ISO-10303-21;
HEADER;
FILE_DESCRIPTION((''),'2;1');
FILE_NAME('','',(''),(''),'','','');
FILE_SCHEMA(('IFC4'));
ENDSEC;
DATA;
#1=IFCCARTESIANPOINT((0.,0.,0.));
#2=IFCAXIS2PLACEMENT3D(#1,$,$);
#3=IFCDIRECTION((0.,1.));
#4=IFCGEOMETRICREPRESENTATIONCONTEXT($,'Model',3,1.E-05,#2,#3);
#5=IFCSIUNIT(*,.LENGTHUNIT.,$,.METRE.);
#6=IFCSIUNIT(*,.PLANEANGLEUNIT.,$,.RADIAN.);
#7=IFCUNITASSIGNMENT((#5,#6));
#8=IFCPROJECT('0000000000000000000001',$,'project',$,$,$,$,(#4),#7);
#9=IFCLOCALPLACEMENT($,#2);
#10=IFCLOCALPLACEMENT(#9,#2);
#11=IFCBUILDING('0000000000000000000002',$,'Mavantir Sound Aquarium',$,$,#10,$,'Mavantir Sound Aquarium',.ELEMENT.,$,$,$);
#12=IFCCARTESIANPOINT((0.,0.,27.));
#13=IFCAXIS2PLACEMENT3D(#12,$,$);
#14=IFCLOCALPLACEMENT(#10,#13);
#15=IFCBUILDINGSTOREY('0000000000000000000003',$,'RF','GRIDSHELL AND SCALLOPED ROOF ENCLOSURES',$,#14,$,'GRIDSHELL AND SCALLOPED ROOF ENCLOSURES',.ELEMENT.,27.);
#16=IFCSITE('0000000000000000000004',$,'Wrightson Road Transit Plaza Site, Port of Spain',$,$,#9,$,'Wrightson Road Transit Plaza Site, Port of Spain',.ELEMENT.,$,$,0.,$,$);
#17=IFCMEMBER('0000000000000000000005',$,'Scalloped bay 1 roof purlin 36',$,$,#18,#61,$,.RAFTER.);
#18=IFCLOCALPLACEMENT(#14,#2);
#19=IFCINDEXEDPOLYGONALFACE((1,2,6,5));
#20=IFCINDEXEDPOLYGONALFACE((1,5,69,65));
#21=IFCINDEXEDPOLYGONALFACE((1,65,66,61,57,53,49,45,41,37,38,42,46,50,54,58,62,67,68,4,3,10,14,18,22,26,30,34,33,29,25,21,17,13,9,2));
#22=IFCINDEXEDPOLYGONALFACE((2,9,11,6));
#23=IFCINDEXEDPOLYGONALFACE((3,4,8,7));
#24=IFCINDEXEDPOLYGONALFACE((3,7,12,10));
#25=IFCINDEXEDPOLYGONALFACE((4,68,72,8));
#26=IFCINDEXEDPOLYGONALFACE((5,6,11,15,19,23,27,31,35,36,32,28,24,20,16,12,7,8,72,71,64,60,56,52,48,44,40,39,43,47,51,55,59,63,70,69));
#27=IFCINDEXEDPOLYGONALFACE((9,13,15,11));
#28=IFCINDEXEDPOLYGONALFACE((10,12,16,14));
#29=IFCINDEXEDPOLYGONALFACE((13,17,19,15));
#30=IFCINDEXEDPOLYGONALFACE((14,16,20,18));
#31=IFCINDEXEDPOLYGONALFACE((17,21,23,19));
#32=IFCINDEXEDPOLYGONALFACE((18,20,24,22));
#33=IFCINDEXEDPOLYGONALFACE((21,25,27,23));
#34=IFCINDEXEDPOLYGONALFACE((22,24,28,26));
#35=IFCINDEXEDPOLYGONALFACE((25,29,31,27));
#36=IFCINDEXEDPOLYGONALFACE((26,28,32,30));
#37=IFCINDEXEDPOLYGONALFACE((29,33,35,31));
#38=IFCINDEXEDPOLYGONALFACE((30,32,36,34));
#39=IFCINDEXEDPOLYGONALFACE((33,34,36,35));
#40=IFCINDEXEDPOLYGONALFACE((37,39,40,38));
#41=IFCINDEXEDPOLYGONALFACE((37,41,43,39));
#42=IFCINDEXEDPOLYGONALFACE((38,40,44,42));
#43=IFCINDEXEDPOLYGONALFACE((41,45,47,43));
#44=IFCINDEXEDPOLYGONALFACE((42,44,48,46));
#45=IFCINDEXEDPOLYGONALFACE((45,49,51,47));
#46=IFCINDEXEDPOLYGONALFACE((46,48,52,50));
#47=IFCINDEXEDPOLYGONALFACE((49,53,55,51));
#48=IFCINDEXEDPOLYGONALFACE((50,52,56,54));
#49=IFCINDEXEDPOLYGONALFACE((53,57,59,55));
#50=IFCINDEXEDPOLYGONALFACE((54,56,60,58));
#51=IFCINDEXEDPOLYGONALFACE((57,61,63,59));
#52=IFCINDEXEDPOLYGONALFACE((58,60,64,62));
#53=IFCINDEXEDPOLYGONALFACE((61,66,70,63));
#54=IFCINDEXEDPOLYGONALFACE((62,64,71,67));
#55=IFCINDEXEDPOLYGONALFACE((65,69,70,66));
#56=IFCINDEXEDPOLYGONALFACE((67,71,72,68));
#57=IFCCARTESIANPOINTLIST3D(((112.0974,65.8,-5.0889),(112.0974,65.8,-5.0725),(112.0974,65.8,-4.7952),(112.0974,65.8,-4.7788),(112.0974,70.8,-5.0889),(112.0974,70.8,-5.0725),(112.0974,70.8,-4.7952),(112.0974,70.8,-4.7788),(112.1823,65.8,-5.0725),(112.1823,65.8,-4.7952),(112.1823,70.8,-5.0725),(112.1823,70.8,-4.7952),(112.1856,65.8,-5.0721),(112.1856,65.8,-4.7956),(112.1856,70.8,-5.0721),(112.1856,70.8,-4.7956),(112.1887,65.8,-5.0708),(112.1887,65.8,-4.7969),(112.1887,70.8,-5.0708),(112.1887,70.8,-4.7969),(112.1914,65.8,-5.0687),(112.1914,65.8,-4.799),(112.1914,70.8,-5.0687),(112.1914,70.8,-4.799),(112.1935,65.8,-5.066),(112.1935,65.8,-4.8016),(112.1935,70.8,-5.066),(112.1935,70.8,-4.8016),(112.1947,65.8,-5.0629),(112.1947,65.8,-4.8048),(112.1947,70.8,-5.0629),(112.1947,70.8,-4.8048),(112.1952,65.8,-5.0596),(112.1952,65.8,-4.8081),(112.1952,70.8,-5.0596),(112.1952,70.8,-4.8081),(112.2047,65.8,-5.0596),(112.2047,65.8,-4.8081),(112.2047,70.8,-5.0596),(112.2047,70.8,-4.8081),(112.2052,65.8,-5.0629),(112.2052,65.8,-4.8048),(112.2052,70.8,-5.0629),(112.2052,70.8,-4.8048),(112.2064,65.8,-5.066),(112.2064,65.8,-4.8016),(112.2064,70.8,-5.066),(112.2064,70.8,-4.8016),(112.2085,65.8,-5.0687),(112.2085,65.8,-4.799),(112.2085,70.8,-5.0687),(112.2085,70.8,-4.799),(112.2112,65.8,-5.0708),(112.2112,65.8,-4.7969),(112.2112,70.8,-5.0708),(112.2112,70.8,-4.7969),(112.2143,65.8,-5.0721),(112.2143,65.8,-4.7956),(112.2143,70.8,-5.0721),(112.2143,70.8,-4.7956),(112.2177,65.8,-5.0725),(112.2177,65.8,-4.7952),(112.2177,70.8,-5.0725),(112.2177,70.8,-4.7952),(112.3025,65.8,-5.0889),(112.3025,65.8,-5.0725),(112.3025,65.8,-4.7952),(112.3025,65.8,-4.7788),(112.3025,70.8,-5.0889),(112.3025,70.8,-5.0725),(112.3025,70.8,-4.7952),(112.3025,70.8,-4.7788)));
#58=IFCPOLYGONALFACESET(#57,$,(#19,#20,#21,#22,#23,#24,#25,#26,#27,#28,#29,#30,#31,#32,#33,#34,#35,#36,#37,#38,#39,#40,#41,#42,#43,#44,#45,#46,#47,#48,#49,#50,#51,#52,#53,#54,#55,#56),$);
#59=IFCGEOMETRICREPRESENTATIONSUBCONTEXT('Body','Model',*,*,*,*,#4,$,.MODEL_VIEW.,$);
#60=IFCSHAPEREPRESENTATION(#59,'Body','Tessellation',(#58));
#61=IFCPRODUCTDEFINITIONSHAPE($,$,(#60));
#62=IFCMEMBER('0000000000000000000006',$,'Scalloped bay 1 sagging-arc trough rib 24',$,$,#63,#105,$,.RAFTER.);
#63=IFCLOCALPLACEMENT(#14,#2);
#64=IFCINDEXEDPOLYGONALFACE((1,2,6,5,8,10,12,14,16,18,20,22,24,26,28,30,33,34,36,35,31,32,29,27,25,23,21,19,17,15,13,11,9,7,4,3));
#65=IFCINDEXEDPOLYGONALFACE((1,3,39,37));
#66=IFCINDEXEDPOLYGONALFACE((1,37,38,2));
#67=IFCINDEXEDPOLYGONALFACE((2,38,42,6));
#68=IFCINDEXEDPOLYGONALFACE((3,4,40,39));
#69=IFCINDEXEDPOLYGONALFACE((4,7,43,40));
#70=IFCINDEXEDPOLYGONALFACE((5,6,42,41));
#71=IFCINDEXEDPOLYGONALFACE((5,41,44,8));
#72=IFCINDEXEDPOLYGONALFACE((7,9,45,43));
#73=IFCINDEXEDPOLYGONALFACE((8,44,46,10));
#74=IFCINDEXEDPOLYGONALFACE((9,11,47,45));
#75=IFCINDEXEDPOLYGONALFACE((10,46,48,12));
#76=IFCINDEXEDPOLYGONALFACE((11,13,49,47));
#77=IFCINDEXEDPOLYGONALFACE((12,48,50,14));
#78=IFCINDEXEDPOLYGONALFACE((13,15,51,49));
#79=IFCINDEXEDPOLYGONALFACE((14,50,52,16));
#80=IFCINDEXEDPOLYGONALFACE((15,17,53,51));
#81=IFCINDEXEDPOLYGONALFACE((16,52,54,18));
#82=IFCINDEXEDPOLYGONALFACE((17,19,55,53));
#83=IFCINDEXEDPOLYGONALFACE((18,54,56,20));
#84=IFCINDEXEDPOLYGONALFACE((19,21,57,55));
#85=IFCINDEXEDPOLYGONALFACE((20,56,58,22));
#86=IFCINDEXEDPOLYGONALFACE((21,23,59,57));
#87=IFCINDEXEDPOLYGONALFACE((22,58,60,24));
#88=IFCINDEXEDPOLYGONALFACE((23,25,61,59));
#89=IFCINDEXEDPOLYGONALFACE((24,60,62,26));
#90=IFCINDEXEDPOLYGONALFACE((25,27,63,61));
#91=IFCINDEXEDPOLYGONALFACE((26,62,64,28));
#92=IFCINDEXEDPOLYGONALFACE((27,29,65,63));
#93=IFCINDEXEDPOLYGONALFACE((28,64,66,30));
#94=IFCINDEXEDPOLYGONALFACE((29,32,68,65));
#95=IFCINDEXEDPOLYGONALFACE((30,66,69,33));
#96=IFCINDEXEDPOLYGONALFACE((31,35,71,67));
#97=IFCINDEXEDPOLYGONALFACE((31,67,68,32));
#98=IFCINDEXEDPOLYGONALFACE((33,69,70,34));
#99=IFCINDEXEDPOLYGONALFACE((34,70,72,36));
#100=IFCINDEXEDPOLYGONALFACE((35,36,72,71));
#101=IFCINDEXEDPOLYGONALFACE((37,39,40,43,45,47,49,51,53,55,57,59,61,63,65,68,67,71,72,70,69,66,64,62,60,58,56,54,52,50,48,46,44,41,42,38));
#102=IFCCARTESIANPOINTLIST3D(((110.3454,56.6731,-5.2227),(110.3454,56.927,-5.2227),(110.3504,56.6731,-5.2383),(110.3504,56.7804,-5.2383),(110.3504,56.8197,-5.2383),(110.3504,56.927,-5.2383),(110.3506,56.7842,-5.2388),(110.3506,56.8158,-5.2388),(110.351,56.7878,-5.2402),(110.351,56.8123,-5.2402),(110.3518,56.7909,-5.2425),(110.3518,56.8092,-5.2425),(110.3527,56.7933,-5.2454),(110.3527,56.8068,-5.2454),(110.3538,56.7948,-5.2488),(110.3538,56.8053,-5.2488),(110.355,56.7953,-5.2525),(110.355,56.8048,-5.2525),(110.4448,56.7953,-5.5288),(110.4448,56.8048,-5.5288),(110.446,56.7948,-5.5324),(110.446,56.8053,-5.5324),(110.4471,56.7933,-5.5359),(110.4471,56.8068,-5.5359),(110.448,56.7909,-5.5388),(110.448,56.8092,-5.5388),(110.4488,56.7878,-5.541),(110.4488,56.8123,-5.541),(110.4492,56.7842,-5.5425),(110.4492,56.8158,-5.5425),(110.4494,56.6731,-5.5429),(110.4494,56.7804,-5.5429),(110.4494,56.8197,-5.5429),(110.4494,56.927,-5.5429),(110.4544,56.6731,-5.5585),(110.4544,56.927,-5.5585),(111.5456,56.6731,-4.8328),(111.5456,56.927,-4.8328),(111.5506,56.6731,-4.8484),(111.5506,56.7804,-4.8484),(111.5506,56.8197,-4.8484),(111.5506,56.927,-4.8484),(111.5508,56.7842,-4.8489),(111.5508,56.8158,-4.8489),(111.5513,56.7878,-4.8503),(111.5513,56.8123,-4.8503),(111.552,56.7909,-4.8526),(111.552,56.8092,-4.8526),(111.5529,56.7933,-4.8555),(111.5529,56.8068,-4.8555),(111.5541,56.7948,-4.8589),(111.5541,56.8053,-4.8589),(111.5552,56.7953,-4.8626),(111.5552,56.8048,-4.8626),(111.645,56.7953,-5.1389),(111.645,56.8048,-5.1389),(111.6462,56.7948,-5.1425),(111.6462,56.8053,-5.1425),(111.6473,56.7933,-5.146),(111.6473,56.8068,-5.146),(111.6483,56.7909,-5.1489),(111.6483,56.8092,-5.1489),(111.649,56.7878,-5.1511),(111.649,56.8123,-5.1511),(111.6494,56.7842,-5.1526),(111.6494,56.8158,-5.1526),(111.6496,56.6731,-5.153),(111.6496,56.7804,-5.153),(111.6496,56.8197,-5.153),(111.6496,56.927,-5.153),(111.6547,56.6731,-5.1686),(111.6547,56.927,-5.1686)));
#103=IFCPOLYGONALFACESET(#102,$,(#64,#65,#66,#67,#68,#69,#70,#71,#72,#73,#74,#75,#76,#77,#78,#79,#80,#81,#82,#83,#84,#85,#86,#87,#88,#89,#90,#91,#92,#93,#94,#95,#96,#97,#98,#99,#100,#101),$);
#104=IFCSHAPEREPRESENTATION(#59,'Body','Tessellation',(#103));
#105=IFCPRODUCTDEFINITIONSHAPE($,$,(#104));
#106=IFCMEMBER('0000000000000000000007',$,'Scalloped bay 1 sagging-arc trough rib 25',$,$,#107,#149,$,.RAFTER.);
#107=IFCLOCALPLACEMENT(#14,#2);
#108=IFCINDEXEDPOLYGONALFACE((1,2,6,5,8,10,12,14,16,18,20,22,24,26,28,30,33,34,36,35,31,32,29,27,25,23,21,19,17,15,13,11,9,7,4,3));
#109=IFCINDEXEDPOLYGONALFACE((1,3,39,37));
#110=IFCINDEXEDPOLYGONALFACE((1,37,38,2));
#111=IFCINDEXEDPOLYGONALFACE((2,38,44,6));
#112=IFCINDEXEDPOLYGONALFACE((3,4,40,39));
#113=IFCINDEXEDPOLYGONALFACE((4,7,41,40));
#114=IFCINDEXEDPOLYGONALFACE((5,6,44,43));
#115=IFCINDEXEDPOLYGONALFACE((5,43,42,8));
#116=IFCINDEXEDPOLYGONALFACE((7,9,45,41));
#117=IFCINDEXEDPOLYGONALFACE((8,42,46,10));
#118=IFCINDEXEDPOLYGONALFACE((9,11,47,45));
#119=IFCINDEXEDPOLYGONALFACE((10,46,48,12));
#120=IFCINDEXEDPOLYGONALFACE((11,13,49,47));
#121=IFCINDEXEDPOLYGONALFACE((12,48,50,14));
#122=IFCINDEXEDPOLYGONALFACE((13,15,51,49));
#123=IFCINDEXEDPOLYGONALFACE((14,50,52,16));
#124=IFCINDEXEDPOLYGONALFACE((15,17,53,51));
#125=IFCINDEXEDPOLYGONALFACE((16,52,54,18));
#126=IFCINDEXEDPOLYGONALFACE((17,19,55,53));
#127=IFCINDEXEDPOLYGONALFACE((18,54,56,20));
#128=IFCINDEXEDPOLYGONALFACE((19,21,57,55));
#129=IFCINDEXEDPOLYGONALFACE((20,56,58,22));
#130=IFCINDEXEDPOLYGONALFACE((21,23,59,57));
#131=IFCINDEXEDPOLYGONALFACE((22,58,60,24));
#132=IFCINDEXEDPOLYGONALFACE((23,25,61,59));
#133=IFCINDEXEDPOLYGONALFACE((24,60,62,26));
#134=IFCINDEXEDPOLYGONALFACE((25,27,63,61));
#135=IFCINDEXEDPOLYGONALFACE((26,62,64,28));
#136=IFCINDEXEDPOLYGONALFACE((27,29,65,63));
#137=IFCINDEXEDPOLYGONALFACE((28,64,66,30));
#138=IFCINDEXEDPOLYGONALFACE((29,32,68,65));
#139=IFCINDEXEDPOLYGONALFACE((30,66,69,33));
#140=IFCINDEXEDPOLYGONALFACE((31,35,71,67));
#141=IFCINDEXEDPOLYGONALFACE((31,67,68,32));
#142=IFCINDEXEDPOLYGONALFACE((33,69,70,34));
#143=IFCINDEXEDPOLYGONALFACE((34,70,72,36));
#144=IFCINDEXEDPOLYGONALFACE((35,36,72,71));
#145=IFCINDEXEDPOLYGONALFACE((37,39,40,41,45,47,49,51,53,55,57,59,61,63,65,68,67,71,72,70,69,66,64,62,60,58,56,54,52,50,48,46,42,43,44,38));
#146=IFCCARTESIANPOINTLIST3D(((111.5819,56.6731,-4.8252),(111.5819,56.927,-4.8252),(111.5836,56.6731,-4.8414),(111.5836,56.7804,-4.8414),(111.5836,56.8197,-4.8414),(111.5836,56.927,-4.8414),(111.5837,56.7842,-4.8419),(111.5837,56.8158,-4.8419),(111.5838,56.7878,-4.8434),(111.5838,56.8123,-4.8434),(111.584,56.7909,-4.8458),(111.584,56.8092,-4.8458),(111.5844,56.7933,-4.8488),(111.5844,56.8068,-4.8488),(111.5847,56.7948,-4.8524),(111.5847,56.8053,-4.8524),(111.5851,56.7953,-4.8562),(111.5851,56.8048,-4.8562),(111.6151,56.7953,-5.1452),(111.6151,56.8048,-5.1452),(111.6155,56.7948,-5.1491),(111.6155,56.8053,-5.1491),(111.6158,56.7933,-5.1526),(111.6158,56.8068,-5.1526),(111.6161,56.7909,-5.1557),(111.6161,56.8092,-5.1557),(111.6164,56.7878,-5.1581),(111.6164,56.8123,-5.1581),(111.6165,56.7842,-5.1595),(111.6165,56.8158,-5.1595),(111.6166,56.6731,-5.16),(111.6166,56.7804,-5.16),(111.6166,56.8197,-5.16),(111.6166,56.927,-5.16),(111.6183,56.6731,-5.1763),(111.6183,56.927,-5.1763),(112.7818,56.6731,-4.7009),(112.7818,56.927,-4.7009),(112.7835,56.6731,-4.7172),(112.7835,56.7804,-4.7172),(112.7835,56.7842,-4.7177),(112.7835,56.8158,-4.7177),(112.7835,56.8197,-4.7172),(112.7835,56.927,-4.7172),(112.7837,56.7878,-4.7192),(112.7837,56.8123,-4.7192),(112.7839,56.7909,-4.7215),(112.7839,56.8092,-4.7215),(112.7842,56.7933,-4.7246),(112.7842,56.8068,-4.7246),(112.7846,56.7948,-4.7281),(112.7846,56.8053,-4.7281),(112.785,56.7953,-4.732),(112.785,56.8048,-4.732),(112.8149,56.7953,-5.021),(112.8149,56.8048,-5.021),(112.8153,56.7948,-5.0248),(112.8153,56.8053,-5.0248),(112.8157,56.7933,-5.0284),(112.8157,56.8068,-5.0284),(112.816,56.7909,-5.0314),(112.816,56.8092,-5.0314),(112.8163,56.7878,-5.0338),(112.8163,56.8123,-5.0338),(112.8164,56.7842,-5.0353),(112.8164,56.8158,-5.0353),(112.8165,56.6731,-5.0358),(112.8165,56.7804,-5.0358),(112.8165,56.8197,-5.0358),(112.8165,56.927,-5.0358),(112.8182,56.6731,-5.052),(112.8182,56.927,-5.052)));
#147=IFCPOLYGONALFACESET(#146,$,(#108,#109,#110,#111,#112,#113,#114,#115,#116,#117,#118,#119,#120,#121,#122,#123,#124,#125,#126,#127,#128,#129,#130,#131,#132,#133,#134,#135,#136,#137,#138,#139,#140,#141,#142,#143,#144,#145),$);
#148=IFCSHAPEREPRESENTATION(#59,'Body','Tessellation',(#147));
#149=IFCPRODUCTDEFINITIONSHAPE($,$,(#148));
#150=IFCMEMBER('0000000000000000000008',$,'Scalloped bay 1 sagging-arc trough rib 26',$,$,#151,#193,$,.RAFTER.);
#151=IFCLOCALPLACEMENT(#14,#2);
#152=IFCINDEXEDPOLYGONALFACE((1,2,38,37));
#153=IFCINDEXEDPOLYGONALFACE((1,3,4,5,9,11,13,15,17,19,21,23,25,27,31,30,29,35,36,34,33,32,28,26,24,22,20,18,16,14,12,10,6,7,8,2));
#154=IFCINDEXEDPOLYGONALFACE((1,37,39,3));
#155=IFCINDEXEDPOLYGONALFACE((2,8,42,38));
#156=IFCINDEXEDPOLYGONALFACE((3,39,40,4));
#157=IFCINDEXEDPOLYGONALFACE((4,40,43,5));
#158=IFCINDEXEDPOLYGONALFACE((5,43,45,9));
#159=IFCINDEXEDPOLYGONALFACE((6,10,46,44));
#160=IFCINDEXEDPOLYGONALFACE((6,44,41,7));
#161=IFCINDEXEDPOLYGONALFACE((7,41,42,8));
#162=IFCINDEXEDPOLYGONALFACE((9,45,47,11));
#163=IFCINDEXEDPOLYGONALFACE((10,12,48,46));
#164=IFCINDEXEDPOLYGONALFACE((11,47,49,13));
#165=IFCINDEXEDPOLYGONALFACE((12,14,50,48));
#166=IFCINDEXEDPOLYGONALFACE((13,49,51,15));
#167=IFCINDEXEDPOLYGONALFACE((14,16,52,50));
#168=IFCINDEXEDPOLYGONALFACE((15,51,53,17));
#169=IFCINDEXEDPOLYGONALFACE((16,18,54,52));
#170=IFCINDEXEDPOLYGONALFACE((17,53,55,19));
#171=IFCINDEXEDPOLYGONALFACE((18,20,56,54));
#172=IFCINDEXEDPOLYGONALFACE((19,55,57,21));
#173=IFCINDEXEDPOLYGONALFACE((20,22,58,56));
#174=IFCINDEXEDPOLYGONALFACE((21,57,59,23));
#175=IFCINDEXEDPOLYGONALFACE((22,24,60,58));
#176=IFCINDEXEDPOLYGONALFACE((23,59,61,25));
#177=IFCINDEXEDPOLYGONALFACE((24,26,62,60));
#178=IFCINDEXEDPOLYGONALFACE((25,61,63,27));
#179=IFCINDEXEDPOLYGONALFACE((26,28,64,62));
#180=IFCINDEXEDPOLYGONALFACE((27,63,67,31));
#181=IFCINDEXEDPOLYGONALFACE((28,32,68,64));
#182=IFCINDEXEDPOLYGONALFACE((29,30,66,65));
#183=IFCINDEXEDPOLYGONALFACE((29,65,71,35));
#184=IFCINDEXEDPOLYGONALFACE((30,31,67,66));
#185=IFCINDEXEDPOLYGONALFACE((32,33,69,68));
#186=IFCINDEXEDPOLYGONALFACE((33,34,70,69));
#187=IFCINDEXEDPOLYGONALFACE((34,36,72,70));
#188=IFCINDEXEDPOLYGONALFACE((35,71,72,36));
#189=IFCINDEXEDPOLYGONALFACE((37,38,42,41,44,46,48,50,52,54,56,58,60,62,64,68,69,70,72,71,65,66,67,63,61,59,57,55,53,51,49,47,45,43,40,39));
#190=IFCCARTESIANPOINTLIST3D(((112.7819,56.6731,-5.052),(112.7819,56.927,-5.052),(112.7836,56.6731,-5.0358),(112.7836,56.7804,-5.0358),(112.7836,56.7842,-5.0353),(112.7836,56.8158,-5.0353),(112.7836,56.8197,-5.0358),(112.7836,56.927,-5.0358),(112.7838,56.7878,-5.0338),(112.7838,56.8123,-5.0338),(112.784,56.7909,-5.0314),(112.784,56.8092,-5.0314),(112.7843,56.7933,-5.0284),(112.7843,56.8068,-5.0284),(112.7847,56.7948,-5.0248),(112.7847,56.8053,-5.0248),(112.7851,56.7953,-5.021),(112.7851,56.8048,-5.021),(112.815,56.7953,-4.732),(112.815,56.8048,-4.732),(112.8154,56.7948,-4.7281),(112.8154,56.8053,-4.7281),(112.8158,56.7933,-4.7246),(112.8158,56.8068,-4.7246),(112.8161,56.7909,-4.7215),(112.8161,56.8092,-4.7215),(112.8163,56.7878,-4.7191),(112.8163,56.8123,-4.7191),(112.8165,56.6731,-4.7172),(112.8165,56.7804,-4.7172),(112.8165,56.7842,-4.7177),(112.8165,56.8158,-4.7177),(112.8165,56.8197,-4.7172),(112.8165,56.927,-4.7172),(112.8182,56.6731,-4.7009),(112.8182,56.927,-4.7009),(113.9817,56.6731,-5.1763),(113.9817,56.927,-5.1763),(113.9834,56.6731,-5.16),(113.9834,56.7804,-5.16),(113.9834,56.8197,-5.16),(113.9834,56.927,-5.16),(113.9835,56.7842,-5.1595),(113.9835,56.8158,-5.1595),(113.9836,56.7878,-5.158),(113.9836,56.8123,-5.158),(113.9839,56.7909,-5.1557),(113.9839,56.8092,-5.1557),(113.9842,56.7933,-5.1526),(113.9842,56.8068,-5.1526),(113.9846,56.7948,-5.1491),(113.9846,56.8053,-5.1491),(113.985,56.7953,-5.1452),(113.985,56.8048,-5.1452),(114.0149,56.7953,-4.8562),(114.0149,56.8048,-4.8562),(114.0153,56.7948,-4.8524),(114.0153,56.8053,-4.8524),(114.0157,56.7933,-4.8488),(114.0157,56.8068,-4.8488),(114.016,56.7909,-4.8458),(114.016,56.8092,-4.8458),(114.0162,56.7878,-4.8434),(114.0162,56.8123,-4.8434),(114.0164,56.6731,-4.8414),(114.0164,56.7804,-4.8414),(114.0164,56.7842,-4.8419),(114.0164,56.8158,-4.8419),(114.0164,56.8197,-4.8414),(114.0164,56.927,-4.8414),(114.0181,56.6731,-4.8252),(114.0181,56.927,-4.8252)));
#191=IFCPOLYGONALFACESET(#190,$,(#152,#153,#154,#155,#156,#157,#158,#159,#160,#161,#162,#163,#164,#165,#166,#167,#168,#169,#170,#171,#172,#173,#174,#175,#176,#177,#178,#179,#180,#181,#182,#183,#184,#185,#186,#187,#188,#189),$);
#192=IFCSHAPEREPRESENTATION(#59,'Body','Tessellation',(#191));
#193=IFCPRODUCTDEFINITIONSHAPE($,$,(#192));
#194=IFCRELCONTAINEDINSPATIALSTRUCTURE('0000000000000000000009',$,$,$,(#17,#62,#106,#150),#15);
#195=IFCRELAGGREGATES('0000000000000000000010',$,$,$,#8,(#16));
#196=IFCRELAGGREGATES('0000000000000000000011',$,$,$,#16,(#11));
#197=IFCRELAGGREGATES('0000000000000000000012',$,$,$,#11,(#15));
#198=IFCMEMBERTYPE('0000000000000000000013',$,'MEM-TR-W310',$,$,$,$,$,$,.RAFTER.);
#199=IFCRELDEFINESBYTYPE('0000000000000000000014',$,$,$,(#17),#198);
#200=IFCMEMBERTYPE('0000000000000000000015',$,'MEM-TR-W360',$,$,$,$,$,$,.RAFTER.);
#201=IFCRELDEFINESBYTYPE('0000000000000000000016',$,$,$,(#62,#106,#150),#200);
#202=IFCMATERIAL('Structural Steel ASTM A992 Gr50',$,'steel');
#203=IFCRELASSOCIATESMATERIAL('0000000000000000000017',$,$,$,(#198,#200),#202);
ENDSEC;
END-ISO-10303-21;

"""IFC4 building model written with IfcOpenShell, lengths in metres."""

from ifc_helpers import new_model, si_unit, direction, frame, origin, origin_2d, place, context, subcontext, project, spatial, i_section, extrude, material, material_profile, profile_set, type_object, element, save


model = new_model("IFC4")

# Units and contexts
model_context = context("Model", 3, precision=1e-05, world=origin(), true_north=direction((0.0, 1.0)))
body_context = subcontext(model_context, "Body", "Model", "MODEL_VIEW")
ifc_project = project(units=[si_unit("LENGTHUNIT", "METRE"), si_unit("PLANEANGLEUNIT", "RADIAN")], contexts=[model_context])

# Site, building, storey
site_placement = place(None, origin())
site = spatial("IfcSite", under=ifc_project, at=site_placement, Name="Wrightson Road Transit Plaza Site, Port of Spain", LongName="Wrightson Road Transit Plaza Site, Port of Spain", CompositionType="ELEMENT", RefElevation=0.0)
building_placement = place(site_placement, origin())
building = spatial("IfcBuilding", under=site, at=building_placement, Name="Mavantir Sound Aquarium", LongName="Mavantir Sound Aquarium", CompositionType="ELEMENT")
storey_placement = place(building_placement, frame((0.0, 0.0, 27.0)))
storey = spatial("IfcBuildingStorey", under=building, at=storey_placement, Name="RF", Description="GRIDSHELL AND SCALLOPED ROOF ENCLOSURES", LongName="GRIDSHELL AND SCALLOPED ROOF ENCLOSURES", CompositionType="ELEMENT", Elevation=27.0)

# Members
ifc_material_1 = material(Name="Structural Steel ASTM A992 Gr50", Category="steel")
ifc_material_profile_1 = material_profile(ifc_material_1, i_section(OverallWidth=0.2051, OverallDepth=0.3101, WebThickness=0.0095, FlangeThickness=0.0164, FilletRadius=0.0129, at=origin_2d()), Name="W310X74")
ifc_profile_set_1 = profile_set([ifc_material_profile_1], Name="Structural Steel ASTM A992 Gr50")
member_type_1 = type_object("IfcMemberType", Name="MEM-TR-W310", PredefinedType="RAFTER", material=ifc_profile_set_1)
for number, where, z_axis, x_axis, name in (
    (1, (112.2, 65.8, -4.9338), (0.0, 1.0, 0.0), (-1.0, 0.0, 0.0), "Scalloped bay 1 roof purlin 36"),
):
    element("IfcMember", number, at=place(storey_placement, frame(where, z_axis=z_axis, x_axis=x_axis)), inside=storey, type_object=member_type_1, Name=name, PredefinedType="RAFTER", context=body_context, shape_type="SweptSolid", body=[
        extrude(i_section(OverallWidth=0.2051, OverallDepth=0.3101, WebThickness=0.0095, FlangeThickness=0.0164, FilletRadius=0.0129, at=origin_2d()), origin(), (0.0, 0.0, 1.0), 5.0),
    ])
ifc_material_profile_2 = material_profile(ifc_material_1, i_section(OverallWidth=0.2539, OverallDepth=0.353, WebThickness=0.0095, FlangeThickness=0.0164, FilletRadius=0.0149, at=origin_2d()), Name="W360X91")
ifc_profile_set_2 = profile_set([ifc_material_profile_2], Name="Structural Steel ASTM A992 Gr50")
member_type_2 = type_object("IfcMemberType", Name="MEM-TR-W360", PredefinedType="RAFTER", material=ifc_profile_set_2)
member_1_placement = place(storey_placement, frame((110.3999, 56.8, -5.3906), z_axis=(0.951074, 0.0, 0.308964), x_axis=(0.0, 1.0, 0.0)))
element("IfcMember", 2, at=member_1_placement, inside=storey, type_object=member_type_2, Name="Scalloped bay 1 sagging-arc trough rib 24", PredefinedType="RAFTER", context=body_context, shape_type="SweptSolid", body=[
    extrude(i_section(OverallWidth=0.2539, OverallDepth=0.353, WebThickness=0.0095, FlangeThickness=0.0164, FilletRadius=0.0149, at=origin_2d()), origin(), (0.0, 0.0, 1.0), 1.262),
])
for number, where, z_axis, x_axis, name in (
    (3, (111.6001, 56.8, -5.0007), (0.99468, 0.0, 0.10301), (0.0, 1.0, 0.0), "Scalloped bay 1 sagging-arc trough rib 25"),
    (4, (112.8, 56.8, -4.8765), (0.99468, 0.0, -0.10301), (0.0, 1.0, 0.0), "Scalloped bay 1 sagging-arc trough rib 26"),
):
    element("IfcMember", number, at=place(storey_placement, frame(where, z_axis=z_axis, x_axis=x_axis)), inside=storey, type_object=member_type_2, Name=name, PredefinedType="RAFTER", context=body_context, shape_type="SweptSolid", body=[
        extrude(i_section(OverallWidth=0.2539, OverallDepth=0.353, WebThickness=0.0095, FlangeThickness=0.0164, FilletRadius=0.0149, at=origin_2d()), origin(), (0.0, 0.0, 1.0), 1.2063),
    ])

save(model, "model.ifc")
